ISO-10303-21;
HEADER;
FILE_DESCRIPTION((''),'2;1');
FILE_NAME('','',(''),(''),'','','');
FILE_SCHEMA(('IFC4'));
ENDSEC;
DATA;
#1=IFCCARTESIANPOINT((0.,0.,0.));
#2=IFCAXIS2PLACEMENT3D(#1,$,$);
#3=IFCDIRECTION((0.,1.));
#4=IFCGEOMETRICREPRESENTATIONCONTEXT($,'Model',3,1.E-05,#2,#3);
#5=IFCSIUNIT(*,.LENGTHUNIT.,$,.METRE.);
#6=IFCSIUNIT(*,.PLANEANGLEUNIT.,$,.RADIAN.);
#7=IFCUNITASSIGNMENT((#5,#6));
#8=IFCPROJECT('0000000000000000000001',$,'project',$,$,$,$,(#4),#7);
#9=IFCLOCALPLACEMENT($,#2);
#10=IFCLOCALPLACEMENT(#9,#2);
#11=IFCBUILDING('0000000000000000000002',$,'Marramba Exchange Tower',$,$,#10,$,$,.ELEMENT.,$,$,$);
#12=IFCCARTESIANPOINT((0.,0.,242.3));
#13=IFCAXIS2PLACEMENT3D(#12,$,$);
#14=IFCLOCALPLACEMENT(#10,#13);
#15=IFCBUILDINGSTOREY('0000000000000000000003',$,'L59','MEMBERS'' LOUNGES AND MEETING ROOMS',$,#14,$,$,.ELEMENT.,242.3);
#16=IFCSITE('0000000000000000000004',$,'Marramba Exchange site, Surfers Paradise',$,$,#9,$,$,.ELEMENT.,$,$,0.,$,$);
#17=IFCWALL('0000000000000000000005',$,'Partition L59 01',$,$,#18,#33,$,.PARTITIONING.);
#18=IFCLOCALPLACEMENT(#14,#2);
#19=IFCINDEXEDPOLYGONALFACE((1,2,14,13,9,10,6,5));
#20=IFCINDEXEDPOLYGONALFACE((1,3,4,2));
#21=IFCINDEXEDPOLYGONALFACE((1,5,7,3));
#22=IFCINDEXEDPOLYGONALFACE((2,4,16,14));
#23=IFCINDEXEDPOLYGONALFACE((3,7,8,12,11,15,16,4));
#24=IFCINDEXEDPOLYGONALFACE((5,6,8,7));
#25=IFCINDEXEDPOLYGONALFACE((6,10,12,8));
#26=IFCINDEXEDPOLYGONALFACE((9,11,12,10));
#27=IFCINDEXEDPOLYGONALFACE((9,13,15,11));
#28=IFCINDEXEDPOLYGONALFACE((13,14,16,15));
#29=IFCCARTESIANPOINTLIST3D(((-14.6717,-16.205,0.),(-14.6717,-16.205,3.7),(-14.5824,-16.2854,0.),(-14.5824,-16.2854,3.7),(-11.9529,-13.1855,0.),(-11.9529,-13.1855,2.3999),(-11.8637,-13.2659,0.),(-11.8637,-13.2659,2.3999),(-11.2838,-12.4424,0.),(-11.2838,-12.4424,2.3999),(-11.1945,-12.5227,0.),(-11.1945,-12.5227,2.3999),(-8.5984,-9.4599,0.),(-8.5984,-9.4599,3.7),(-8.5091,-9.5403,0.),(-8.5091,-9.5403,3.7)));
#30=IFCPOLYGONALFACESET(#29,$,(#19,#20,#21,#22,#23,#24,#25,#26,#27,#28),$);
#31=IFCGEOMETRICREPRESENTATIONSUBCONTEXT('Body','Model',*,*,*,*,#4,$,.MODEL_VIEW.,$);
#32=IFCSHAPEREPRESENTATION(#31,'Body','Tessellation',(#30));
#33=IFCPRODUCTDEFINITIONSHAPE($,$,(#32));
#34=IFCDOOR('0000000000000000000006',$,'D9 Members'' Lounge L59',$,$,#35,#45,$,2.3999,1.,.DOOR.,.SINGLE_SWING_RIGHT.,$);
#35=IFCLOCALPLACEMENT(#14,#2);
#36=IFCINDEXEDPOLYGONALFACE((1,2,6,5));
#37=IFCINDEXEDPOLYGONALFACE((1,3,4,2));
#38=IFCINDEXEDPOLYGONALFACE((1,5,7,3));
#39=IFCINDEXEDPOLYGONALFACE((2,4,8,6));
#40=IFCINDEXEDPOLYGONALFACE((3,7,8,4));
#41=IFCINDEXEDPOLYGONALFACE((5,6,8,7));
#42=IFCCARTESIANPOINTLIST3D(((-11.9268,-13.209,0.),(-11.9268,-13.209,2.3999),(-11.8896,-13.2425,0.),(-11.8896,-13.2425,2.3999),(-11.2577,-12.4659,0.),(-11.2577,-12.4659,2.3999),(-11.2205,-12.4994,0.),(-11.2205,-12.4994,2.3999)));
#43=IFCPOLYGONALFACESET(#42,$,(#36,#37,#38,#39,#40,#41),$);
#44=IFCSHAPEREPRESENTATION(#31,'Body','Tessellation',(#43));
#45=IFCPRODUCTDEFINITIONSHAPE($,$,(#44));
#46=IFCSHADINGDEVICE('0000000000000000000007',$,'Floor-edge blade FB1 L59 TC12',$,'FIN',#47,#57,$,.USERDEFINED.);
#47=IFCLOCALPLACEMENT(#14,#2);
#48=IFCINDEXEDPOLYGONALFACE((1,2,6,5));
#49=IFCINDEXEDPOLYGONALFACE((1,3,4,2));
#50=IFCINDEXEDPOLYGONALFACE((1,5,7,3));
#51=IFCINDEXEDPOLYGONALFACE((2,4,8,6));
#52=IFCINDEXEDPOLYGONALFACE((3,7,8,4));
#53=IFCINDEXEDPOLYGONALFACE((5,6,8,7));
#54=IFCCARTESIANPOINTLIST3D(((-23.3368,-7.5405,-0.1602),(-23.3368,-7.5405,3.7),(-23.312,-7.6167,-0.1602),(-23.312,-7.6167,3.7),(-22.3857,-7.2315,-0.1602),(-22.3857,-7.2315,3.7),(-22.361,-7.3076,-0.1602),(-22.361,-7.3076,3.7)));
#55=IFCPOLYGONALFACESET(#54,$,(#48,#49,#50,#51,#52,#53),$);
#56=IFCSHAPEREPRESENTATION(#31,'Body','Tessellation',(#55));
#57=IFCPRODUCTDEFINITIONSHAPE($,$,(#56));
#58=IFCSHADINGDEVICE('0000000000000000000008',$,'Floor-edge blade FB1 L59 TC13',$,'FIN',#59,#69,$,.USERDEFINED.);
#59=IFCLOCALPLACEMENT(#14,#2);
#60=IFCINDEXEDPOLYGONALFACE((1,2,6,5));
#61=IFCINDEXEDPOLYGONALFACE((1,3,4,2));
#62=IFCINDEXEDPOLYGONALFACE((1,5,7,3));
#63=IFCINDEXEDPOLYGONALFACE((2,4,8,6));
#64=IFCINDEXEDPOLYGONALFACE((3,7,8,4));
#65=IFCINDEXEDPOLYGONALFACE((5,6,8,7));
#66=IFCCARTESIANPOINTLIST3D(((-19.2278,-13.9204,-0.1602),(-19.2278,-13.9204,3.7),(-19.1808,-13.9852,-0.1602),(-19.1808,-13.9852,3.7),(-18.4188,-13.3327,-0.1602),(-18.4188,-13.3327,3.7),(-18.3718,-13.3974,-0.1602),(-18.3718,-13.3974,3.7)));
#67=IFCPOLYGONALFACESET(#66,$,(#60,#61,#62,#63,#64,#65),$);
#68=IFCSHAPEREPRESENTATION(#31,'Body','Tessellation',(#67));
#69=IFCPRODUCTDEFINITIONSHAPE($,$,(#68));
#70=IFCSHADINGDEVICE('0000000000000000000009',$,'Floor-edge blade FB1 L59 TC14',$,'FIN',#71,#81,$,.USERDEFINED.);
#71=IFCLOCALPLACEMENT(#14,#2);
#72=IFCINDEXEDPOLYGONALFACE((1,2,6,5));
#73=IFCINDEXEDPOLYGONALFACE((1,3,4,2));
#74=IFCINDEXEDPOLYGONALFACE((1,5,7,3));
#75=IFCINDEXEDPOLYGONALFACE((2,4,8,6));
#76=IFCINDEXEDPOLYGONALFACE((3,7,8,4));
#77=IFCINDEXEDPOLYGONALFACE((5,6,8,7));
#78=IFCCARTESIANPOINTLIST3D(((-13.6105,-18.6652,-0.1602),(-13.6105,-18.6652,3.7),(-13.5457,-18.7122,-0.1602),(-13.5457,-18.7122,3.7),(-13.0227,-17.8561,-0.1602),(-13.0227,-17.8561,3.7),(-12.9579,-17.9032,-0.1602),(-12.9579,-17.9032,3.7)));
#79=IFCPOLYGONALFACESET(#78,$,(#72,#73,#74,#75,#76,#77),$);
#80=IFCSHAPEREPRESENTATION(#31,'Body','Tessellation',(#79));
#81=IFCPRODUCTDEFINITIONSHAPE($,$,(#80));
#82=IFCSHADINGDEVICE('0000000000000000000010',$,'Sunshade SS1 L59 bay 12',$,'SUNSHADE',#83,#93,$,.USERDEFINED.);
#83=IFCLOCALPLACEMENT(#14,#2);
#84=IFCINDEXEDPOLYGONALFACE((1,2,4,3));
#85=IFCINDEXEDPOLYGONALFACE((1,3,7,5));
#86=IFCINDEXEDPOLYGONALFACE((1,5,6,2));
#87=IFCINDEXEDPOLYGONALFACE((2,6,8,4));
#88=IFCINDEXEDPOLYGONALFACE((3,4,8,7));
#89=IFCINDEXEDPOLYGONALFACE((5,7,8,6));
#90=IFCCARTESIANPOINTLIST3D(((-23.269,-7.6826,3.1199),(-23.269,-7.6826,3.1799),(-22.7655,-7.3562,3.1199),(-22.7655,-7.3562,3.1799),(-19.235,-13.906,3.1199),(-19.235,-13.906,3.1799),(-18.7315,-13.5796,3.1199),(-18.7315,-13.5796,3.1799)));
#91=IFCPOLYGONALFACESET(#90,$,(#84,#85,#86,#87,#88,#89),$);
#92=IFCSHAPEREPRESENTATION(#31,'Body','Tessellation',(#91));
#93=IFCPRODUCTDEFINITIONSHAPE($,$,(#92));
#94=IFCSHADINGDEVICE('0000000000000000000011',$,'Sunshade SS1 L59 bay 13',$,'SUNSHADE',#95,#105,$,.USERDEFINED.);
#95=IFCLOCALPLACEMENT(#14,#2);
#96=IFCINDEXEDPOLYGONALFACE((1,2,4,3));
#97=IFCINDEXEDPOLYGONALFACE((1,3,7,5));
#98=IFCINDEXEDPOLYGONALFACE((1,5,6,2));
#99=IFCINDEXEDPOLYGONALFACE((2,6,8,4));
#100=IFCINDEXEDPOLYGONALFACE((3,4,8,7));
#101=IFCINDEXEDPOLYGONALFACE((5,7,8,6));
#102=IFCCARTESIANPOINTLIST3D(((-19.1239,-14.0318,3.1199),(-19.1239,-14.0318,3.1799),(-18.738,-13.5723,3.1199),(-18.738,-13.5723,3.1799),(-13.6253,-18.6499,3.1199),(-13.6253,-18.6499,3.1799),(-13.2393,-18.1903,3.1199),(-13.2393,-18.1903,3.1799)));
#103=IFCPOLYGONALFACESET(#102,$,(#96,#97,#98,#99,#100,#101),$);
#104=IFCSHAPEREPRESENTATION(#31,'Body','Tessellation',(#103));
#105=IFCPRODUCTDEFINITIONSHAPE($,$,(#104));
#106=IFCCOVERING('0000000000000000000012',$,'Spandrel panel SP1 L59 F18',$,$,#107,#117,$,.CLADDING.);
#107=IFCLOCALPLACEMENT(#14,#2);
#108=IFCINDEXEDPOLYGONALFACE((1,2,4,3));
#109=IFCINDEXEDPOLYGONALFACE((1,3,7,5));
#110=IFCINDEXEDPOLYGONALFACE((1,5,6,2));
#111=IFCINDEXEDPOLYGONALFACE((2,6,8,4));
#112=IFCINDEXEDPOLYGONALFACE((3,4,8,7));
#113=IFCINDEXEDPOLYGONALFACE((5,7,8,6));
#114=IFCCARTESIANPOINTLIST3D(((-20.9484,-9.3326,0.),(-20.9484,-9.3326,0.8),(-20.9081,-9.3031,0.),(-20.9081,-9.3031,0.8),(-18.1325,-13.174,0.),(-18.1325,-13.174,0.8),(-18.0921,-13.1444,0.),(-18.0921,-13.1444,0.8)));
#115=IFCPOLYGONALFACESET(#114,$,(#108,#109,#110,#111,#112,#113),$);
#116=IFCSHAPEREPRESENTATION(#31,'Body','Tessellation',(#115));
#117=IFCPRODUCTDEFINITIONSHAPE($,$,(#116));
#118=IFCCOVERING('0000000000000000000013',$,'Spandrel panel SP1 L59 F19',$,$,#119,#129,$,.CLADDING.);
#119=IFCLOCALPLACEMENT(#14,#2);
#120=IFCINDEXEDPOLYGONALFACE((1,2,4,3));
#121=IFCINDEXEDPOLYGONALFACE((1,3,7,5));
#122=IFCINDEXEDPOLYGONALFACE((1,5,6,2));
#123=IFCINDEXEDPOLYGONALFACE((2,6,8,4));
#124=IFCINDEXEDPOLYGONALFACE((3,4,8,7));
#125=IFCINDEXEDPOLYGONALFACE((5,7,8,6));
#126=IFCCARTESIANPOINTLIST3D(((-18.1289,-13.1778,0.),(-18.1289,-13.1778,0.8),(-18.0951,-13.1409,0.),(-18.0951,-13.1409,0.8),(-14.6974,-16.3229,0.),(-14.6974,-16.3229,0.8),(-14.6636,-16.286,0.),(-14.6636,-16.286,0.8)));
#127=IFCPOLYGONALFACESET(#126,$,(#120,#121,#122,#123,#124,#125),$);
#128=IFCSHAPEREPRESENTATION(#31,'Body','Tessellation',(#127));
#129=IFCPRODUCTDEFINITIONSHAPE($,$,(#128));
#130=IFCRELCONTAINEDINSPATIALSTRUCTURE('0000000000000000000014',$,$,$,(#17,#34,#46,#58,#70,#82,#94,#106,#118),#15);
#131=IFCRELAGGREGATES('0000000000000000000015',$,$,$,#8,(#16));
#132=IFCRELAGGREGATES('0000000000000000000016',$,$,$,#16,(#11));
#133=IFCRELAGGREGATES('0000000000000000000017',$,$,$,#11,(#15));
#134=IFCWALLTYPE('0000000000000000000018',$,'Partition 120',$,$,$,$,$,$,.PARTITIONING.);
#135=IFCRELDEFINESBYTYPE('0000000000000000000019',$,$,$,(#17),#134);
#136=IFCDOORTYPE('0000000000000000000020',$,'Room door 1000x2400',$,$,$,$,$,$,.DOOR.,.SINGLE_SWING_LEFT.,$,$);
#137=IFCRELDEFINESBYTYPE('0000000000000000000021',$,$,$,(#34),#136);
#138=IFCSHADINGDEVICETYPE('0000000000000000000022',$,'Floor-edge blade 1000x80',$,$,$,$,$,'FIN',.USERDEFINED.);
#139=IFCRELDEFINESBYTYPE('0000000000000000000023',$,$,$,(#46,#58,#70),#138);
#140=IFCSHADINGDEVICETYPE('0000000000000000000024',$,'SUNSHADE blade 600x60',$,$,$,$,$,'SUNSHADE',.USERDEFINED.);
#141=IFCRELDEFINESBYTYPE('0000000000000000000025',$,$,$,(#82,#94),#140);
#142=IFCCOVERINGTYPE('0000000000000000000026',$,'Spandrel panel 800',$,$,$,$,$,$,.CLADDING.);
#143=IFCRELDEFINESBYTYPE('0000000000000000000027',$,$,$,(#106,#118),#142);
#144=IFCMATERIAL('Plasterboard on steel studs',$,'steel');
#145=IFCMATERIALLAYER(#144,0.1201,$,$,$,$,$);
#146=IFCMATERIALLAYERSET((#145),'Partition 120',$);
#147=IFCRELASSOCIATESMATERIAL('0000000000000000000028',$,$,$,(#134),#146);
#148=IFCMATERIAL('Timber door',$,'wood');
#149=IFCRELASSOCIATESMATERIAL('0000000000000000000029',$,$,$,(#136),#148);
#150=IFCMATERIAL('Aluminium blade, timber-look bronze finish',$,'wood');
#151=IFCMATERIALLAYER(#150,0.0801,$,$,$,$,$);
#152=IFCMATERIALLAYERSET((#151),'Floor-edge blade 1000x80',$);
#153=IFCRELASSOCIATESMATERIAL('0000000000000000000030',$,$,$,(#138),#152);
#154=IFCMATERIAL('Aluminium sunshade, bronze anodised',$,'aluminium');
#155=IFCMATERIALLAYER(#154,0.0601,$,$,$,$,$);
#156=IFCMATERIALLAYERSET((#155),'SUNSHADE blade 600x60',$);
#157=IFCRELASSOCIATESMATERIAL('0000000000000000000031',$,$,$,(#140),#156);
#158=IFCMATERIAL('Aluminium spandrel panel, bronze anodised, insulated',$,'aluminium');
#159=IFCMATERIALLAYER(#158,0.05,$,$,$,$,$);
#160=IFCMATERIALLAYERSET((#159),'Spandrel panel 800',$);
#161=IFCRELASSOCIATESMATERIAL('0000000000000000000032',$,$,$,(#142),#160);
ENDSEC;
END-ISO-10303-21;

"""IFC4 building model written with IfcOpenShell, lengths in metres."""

from ifc_helpers import new_model, si_unit, direction, frame, frame_2d, origin, origin_2d, place, context, subcontext, project, spatial, rectangle, extrude, material, layer, layer_set, type_object, element, fill, save


model = new_model("IFC4")

# Units and contexts
model_context = context("Model", 3, precision=1e-05, world=origin(), true_north=direction((0.0, 1.0)))
body_context = subcontext(model_context, "Body", "Model", "MODEL_VIEW")
ifc_project = project(units=[si_unit("LENGTHUNIT", "METRE"), si_unit("PLANEANGLEUNIT", "RADIAN")], contexts=[model_context])

# Site, building, storey
site_placement = place(None, origin())
site = spatial("IfcSite", under=ifc_project, at=site_placement, Name="Marramba Exchange site, Surfers Paradise", CompositionType="ELEMENT", RefElevation=0.0)
building_placement = place(site_placement, origin())
building = spatial("IfcBuilding", under=site, at=building_placement, Name="Marramba Exchange Tower", CompositionType="ELEMENT")
storey_placement = place(building_placement, frame((0.0, 0.0, 242.3)))
storey = spatial("IfcBuildingStorey", under=building, at=storey_placement, Name="L59", Description="MEMBERS' LOUNGES AND MEETING ROOMS", CompositionType="ELEMENT", Elevation=242.3)

# Wall, opening, door
ifc_material_1 = material(Name="Plasterboard on steel studs", Category="steel")
ifc_layer_1 = layer(ifc_material_1, 0.1201)
ifc_layer_set_1 = layer_set([ifc_layer_1], Name="Partition 120")
wall_type_1 = type_object("IfcWallType", Name="Partition 120", PredefinedType="PARTITIONING", material=ifc_layer_set_1)
wall_1_placement = place(storey_placement, frame((-14.627, -16.2451, 0.0), z_axis=(0.0, 0.0, 1.0), x_axis=(0.669125, 0.74315, 0.0)))
wall_1 = element("IfcWall", 1, at=wall_1_placement, inside=storey, type_object=wall_type_1, Name="Partition L59 01", PredefinedType="PARTITIONING", context=body_context, shape_type="SweptSolid", body=[
    extrude(rectangle(XDim=9.0764, YDim=0.1201, at=frame_2d((4.5381, 0.0))), origin(), (0.0, 0.0, 1.0), 3.7),
])
opening_1_placement = place(wall_1_placement, frame((4.063, 0.0, 0.0)))
opening_1 = element("IfcOpeningElement", 2, at=opening_1_placement, cuts=wall_1, PredefinedType="OPENING", context=body_context, shape_type="SweptSolid", body=[
    extrude(rectangle(XDim=1.0, YDim=2.3999, at=frame_2d((0.5, 1.2))), frame((0.0, 0.0701, 0.0), z_axis=(0.0, -1.0, 0.0), x_axis=(1.0, 0.0, 0.0)), (0.0, 0.0, 1.0), 0.1401),
])
ifc_material_2 = material(Name="Timber door", Category="wood")
door_type_1 = type_object("IfcDoorType", Name="Room door 1000x2400", OperationType="SINGLE_SWING_LEFT", PredefinedType="DOOR", material=ifc_material_2)
door_1_placement = place(opening_1_placement, origin())
door_1 = element("IfcDoor", 3, at=door_1_placement, inside=storey, type_object=door_type_1, Name="D9 Members' Lounge L59", OperationType="SINGLE_SWING_RIGHT", OverallHeight=2.3999, OverallWidth=1.0, PredefinedType="DOOR", context=body_context, shape_type="SweptSolid", body=[
    extrude(rectangle(XDim=1.0, YDim=2.3999, at=frame_2d((0.5, 1.2))), frame((0.0, 0.0249, 0.0), z_axis=(0.0, -1.0, 0.0), x_axis=(1.0, 0.0, 0.0)), (0.0, 0.0, 1.0), 0.05),
])
fill(opening_1, door_1)

# Shading devices
ifc_material_3 = material(Name="Aluminium blade, timber-look bronze finish", Category="wood")
ifc_layer_2 = layer(ifc_material_3, 0.0801)
ifc_layer_set_2 = layer_set([ifc_layer_2], Name="Floor-edge blade 1000x80")
shading_device_type_1 = type_object("IfcShadingDeviceType", Name="Floor-edge blade 1000x80", ElementType="FIN", PredefinedType="USERDEFINED", material=ifc_layer_set_2)
for number, where, z_axis, x_axis, name in (
    (4, (-22.8489, -7.4241, -0.1602), (0.0, 0.0, 1.0), (-0.951057, -0.309017, 0.0), "Floor-edge blade FB1 L59 TC12"),
    (5, (-18.7998, -13.6589, -0.1602), (0.0, 0.0, 1.0), (-0.809017, -0.587785, 0.0), "Floor-edge blade FB1 L59 TC13"),
    (6, (-13.2842, -18.2842, -0.1602), (0.0, 0.0, 1.0), (-0.587785, -0.809017, 0.0), "Floor-edge blade FB1 L59 TC14"),
):
    element("IfcShadingDevice", number, at=place(storey_placement, frame(where, z_axis=z_axis, x_axis=x_axis)), inside=storey, type_object=shading_device_type_1, Name=name, ObjectType="FIN", PredefinedType="USERDEFINED", context=body_context, shape_type="SweptSolid", body=[
        extrude(rectangle(XDim=1.0, YDim=0.0801, at=origin_2d()), origin(), (0.0, 0.0, 1.0), 3.8601),
    ])
ifc_material_4 = material(Name="Aluminium sunshade, bronze anodised", Category="aluminium")
ifc_layer_3 = layer(ifc_material_4, 0.0601)
ifc_layer_set_3 = layer_set([ifc_layer_3], Name="SUNSHADE blade 600x60")
shading_device_type_2 = type_object("IfcShadingDeviceType", Name="SUNSHADE blade 600x60", ElementType="SUNSHADE", PredefinedType="USERDEFINED", material=ifc_layer_set_3)
shading_device_1_placement = place(storey_placement, frame((-21.0002, -10.6311, 3.1199), z_axis=(0.0, 0.0, 1.0), x_axis=(0.543922, -0.839136, 0.0)))
element("IfcShadingDevice", 7, at=shading_device_1_placement, inside=storey, type_object=shading_device_type_2, Name="Sunshade SS1 L59 bay 12", ObjectType="SUNSHADE", PredefinedType="USERDEFINED", context=body_context, shape_type="SweptSolid", body=[
    extrude(rectangle(XDim=7.4165, YDim=0.6001, at=origin_2d()), origin(), (0.0, 0.0, 1.0), 0.0601),
])
shading_device_2_placement = place(storey_placement, frame((-16.1816, -16.1111, 3.1199), z_axis=(0.0, 0.0, 1.0), x_axis=(0.765762, -0.643124, 0.0)))
element("IfcShadingDevice", 8, at=shading_device_2_placement, inside=storey, type_object=shading_device_type_2, Name="Sunshade SS1 L59 bay 13", ObjectType="SUNSHADE", PredefinedType="USERDEFINED", context=body_context, shape_type="SweptSolid", body=[
    extrude(rectangle(XDim=7.1807, YDim=0.6001, at=origin_2d()), origin(), (0.0, 0.0, 1.0), 0.0601),
])

# Coverings
ifc_material_5 = material(Name="Aluminium spandrel panel, bronze anodised, insulated", Category="aluminium")
ifc_layer_4 = layer(ifc_material_5, 0.05)
ifc_layer_set_4 = layer_set([ifc_layer_4], Name="Spandrel panel 800")
covering_type = type_object("IfcCoveringType", Name="Spandrel panel 800", PredefinedType="CLADDING", material=ifc_layer_set_4)
covering_1_placement = place(storey_placement, frame((-19.5203, -11.2385, 0.0), z_axis=(0.0, 0.0, 1.0), x_axis=(0.591223, -0.806508, 0.0)))
element("IfcCovering", 9, at=covering_1_placement, inside=storey, type_object=covering_type, Name="Spandrel panel SP1 L59 F18", PredefinedType="CLADDING", context=body_context, shape_type="SweptSolid", body=[
    extrude(rectangle(XDim=4.7629, YDim=0.05, at=origin_2d()), origin(), (0.0, 0.0, 1.0), 0.8),
])
covering_2_placement = place(storey_placement, frame((-16.3962, -14.7319, 0.0), z_axis=(0.0, 0.0, 1.0), x_axis=(0.737203, -0.675671, 0.0)))
element("IfcCovering", 10, at=covering_2_placement, inside=storey, type_object=covering_type, Name="Spandrel panel SP1 L59 F19", PredefinedType="CLADDING", context=body_context, shape_type="SweptSolid", body=[
    extrude(rectangle(XDim=4.6548, YDim=0.05, at=origin_2d()), origin(), (0.0, 0.0, 1.0), 0.8),
])

save(model, "model.ifc")
